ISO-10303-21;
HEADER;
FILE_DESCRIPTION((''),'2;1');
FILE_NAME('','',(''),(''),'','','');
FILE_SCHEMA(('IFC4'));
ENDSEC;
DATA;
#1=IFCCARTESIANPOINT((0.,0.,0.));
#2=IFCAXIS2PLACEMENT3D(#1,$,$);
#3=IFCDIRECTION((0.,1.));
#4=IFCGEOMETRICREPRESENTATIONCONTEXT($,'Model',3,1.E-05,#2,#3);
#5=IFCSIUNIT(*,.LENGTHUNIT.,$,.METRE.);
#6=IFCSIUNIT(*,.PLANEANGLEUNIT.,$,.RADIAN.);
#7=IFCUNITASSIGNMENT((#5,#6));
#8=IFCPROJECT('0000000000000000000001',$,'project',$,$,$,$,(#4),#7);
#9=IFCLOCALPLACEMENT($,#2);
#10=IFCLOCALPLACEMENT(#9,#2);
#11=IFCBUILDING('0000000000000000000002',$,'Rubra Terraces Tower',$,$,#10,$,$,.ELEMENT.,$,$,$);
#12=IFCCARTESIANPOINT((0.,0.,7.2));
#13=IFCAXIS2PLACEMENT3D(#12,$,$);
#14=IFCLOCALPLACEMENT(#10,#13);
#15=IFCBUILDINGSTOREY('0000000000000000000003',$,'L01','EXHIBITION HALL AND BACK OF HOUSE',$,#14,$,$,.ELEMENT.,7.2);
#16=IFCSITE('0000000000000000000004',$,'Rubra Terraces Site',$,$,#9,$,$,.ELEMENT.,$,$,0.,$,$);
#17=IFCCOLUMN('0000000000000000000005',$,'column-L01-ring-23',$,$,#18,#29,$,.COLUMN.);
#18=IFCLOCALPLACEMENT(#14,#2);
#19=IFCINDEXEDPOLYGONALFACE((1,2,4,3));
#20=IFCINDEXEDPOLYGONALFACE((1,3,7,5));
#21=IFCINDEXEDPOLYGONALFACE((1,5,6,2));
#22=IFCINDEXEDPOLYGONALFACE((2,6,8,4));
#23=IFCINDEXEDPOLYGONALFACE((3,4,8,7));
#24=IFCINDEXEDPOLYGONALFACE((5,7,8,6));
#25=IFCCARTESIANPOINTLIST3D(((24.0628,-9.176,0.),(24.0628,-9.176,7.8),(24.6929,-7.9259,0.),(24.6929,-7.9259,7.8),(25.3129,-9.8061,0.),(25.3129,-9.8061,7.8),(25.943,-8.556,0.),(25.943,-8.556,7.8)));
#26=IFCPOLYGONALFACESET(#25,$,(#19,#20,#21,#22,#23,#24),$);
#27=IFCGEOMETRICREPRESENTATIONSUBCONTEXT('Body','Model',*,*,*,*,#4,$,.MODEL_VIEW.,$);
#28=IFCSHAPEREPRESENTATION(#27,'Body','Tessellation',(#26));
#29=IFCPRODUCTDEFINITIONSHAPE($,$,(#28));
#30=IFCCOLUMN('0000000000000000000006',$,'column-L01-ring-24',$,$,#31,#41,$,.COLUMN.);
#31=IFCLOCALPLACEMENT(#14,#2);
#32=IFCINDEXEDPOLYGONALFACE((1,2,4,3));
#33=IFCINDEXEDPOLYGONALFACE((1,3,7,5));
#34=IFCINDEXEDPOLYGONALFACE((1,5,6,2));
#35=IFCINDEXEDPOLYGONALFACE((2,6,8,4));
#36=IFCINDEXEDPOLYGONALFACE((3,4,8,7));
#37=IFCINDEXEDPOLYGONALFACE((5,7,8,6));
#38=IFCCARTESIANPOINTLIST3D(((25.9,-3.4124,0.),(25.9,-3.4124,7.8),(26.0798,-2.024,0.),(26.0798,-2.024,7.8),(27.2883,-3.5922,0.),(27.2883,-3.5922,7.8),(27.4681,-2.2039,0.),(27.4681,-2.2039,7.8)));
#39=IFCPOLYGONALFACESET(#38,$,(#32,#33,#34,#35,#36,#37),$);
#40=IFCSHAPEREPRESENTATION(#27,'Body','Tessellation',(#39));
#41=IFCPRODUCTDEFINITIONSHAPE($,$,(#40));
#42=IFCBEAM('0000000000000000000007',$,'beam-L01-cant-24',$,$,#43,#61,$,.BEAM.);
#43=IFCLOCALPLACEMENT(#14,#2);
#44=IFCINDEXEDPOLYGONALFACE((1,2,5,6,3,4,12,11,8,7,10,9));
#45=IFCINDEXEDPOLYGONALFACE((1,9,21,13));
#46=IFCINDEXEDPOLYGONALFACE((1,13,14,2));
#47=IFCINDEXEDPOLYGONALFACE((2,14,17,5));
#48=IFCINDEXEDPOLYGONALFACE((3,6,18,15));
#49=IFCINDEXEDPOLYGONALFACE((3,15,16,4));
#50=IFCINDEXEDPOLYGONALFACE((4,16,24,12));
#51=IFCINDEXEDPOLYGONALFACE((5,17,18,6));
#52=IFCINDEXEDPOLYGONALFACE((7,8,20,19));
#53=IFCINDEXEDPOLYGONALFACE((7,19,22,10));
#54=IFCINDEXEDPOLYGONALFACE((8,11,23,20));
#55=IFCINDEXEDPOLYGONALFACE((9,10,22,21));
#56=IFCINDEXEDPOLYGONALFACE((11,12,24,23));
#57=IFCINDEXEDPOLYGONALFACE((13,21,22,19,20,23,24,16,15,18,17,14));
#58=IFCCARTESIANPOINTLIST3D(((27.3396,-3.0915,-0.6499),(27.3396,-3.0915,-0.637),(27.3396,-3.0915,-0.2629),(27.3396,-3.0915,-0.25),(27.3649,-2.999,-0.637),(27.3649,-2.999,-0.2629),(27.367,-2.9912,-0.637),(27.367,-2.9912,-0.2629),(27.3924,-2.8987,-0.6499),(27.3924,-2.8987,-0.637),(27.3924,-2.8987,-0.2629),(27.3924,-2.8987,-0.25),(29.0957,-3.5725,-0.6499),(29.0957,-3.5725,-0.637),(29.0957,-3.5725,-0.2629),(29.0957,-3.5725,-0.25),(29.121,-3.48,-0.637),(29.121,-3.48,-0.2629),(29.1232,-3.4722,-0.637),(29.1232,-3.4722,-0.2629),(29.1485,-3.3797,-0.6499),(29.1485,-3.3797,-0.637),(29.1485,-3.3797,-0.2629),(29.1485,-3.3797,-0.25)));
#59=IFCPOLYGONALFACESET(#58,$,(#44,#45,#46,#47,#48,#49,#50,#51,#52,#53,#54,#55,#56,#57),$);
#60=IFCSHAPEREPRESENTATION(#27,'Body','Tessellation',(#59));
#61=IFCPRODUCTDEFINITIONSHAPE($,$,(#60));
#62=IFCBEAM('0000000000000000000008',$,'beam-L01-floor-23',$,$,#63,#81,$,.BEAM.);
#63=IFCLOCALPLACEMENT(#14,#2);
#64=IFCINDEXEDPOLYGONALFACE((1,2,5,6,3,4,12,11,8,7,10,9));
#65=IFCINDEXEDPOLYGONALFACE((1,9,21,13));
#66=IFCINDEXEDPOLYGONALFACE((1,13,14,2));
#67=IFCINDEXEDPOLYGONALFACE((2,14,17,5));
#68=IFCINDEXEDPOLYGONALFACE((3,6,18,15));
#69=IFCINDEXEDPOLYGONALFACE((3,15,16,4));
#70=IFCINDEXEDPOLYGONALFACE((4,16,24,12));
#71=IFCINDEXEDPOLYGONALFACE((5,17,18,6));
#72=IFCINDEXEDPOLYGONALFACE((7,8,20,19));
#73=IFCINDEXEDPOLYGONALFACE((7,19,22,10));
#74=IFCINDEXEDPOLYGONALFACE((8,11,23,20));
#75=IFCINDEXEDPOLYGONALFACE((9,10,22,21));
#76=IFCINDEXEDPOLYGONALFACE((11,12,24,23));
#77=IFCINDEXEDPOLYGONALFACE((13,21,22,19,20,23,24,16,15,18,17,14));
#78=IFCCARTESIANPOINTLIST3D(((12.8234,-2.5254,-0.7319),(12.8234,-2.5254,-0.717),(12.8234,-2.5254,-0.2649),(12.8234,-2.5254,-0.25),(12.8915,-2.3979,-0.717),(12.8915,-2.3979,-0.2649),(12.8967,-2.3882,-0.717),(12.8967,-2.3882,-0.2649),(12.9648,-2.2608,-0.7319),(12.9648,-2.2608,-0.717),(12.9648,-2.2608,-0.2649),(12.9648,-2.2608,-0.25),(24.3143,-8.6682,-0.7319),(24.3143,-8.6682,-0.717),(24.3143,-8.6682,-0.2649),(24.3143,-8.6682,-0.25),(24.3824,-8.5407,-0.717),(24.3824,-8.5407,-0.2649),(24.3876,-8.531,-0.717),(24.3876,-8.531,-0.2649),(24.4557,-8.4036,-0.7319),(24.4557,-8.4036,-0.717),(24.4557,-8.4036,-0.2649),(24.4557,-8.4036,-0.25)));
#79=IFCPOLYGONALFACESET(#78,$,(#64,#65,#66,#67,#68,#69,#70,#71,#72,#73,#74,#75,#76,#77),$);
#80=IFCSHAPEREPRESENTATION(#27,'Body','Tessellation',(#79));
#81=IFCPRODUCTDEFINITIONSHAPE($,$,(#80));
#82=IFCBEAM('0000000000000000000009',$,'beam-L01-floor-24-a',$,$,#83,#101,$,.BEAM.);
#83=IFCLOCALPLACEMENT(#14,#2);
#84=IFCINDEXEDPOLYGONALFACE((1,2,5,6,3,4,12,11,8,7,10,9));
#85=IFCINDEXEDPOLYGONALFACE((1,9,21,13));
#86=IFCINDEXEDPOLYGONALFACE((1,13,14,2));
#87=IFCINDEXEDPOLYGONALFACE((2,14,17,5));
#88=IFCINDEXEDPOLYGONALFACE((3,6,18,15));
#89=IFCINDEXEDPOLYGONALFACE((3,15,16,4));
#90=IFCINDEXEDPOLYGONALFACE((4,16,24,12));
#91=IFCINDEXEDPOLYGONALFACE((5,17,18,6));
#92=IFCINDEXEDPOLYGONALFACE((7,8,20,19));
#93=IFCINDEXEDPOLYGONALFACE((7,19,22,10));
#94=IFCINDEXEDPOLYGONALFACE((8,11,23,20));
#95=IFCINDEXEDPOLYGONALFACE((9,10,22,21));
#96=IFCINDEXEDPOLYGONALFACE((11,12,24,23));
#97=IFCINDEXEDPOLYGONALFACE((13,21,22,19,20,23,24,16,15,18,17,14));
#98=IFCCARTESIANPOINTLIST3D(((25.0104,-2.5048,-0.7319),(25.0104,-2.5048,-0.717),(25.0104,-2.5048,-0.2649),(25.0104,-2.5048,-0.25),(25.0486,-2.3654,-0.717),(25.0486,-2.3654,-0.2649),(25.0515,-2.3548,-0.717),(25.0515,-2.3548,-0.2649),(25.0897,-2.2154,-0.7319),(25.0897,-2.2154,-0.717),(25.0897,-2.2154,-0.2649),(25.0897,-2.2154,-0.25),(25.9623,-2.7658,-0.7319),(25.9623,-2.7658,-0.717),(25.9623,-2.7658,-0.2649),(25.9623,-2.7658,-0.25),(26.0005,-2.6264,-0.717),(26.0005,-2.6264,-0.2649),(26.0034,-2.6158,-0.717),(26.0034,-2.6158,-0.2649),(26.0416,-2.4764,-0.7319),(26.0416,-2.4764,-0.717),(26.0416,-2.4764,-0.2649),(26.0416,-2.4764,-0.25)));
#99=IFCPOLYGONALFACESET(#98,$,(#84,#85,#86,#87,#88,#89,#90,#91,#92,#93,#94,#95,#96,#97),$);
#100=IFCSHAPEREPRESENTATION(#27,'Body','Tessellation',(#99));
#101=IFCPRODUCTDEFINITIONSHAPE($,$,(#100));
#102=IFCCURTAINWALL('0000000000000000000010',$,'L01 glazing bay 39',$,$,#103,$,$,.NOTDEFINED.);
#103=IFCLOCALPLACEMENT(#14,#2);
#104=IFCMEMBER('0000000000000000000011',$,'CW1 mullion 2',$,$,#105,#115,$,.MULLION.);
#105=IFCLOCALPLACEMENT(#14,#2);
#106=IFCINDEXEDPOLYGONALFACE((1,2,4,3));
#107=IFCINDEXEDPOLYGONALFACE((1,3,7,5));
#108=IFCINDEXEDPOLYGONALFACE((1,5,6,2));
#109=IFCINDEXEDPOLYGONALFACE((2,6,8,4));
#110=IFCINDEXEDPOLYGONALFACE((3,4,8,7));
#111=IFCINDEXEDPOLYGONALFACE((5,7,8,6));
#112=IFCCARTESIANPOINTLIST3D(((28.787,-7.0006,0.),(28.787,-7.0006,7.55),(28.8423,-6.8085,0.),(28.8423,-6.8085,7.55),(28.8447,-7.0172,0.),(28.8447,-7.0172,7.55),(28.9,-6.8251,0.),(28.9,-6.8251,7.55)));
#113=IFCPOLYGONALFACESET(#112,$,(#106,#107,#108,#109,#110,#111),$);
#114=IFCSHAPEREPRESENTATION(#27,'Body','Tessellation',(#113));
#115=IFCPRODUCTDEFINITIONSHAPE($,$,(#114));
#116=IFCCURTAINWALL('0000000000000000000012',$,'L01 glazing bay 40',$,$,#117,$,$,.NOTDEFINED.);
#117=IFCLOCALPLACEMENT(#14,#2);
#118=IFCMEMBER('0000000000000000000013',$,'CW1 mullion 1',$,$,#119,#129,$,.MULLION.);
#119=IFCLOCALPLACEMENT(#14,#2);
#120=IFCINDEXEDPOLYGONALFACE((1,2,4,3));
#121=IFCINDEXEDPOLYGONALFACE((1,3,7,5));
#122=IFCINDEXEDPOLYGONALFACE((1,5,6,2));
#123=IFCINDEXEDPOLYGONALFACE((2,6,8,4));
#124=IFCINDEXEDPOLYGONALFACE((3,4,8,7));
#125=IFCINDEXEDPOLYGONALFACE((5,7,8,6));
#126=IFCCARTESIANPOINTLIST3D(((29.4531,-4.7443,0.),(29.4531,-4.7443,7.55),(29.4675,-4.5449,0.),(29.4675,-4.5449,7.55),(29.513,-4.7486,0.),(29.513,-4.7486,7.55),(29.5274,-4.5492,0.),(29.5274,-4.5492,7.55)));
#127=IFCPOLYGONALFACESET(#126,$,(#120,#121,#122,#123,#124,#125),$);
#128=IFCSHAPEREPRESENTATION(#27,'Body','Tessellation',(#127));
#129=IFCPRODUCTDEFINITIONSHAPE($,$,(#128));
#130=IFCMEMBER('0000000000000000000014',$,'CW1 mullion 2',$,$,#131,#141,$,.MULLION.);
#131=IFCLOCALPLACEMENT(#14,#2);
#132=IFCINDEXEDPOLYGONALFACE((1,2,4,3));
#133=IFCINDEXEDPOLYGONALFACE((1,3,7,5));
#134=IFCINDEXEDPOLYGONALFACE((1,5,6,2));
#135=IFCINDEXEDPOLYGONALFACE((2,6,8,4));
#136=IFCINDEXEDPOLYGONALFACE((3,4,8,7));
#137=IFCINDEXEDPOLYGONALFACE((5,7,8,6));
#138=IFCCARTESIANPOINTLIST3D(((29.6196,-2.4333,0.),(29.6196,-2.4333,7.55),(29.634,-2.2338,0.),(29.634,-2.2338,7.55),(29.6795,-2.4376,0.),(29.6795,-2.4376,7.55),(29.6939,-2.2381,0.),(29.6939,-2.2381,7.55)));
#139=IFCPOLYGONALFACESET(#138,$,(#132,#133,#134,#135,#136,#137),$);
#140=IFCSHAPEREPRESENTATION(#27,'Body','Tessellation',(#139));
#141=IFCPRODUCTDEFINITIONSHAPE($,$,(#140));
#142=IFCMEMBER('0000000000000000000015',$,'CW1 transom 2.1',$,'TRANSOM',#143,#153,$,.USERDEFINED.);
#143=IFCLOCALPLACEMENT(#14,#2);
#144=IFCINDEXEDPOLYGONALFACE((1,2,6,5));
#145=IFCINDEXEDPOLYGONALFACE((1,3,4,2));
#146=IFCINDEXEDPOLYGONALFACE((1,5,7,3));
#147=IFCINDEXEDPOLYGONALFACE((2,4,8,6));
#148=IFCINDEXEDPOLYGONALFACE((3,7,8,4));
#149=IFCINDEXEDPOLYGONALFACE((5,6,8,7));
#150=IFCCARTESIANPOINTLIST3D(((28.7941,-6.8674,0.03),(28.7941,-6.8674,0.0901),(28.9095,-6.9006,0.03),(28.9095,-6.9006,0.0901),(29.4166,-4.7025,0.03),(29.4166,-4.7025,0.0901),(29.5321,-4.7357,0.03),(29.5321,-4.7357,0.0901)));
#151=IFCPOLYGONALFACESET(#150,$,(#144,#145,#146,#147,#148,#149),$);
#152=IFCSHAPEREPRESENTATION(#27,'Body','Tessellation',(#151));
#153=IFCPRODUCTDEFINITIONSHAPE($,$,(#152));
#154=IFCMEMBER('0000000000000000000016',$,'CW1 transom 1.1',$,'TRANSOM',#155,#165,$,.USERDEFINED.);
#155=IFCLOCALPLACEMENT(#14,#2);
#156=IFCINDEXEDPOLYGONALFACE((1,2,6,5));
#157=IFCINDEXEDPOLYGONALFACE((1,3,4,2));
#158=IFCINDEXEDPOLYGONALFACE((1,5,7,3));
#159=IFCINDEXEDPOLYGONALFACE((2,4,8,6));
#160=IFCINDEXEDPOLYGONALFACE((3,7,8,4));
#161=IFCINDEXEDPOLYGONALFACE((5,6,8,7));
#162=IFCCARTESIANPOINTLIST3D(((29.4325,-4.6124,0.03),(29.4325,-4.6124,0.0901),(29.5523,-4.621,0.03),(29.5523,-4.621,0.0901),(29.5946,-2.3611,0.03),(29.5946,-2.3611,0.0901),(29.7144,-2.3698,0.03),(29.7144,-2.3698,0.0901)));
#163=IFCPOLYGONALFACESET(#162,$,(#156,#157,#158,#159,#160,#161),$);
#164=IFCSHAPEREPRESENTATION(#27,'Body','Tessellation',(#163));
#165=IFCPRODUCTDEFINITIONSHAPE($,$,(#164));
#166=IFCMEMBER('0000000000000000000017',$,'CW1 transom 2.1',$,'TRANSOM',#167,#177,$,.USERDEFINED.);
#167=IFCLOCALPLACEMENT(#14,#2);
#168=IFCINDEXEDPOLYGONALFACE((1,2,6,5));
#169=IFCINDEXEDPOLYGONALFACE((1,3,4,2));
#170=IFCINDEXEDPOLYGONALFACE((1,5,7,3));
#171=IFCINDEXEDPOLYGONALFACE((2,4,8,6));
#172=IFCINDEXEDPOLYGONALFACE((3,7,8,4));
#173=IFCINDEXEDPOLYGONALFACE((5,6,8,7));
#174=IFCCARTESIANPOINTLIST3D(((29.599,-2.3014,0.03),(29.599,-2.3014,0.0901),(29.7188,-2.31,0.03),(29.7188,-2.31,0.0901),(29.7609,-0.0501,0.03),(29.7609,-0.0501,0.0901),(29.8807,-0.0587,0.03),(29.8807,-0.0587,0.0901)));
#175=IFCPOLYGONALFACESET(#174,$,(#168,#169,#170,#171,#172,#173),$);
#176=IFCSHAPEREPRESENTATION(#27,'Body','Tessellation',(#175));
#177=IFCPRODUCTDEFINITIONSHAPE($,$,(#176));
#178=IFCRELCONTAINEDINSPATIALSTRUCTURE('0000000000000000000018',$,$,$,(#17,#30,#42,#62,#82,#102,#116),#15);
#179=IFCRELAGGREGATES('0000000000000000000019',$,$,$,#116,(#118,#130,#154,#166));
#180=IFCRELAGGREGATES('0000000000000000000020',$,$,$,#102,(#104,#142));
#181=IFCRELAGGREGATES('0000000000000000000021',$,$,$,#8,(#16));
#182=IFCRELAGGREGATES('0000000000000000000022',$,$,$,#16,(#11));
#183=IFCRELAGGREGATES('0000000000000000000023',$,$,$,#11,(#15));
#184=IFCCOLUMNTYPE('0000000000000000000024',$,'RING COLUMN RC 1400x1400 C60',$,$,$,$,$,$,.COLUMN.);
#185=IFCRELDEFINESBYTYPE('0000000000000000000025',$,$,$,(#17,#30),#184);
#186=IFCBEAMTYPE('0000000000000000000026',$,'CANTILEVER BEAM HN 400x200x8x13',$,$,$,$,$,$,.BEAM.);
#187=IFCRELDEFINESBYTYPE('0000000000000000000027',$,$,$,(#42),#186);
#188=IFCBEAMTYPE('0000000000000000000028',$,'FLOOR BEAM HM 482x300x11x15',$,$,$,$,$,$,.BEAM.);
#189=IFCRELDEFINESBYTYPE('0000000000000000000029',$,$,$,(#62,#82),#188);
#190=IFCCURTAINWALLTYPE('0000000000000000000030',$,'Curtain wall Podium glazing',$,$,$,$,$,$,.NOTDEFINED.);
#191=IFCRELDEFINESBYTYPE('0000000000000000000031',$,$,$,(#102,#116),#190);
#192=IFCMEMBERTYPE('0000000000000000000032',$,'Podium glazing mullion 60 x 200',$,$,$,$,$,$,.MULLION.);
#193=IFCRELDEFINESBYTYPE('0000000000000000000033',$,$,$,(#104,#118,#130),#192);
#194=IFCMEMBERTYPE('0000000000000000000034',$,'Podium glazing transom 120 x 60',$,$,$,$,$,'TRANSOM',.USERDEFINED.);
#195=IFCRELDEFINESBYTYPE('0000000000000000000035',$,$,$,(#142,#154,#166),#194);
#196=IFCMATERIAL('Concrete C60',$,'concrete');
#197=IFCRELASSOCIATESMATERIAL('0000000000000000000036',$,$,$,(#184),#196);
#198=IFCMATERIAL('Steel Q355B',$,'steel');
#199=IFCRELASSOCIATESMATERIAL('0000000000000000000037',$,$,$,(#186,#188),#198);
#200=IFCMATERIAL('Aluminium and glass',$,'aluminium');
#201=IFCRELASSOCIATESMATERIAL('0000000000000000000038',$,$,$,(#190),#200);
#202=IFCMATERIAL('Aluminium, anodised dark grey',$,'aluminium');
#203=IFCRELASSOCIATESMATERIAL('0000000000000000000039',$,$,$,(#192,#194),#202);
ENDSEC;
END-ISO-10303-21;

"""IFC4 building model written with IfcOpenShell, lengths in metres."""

from ifc_helpers import new_model, si_unit, direction, frame, origin, origin_2d, place, context, subcontext, project, spatial, rectangle, i_section, extrude, material, material_profile, profile_set, type_object, element, aggregate, save


model = new_model("IFC4")

# Units and contexts
model_context = context("Model", 3, precision=1e-05, world=origin(), true_north=direction((0.0, 1.0)))
body_context = subcontext(model_context, "Body", "Model", "MODEL_VIEW")
ifc_project = project(units=[si_unit("LENGTHUNIT", "METRE"), si_unit("PLANEANGLEUNIT", "RADIAN")], contexts=[model_context])

# Site, building, storey
site_placement = place(None, origin())
site = spatial("IfcSite", under=ifc_project, at=site_placement, Name="Rubra Terraces Site", CompositionType="ELEMENT", RefElevation=0.0)
building_placement = place(site_placement, origin())
building = spatial("IfcBuilding", under=site, at=building_placement, Name="Rubra Terraces Tower", CompositionType="ELEMENT")
storey_placement = place(building_placement, frame((0.0, 0.0, 7.2)))
storey = spatial("IfcBuildingStorey", under=building, at=storey_placement, Name="L01", Description="EXHIBITION HALL AND BACK OF HOUSE", CompositionType="ELEMENT", Elevation=7.2)

# Columns
ifc_material_1 = material(Name="Concrete C60", Category="concrete")
ifc_material_profile_1 = material_profile(ifc_material_1, rectangle(XDim=1.3999, YDim=1.3999, at=origin_2d()), Name="RC 1400x1400")
ifc_profile_set_1 = profile_set([ifc_material_profile_1], Name="Concrete C60")
column_type = type_object("IfcColumnType", Name="RING COLUMN RC 1400x1400 C60", PredefinedType="COLUMN", material=ifc_profile_set_1)
for number, where, z_axis, x_axis, name in (
    (1, (25.0029, -8.866, 0.0), (0.0, 0.0, 1.0), (0.450099, 0.892979, 0.0), "column-L01-ring-23"),
    (2, (26.6841, -2.8081, 0.0), (0.0, 0.0, 1.0), (0.128445, 0.991717, 0.0), "column-L01-ring-24"),
):
    element("IfcColumn", number, at=place(storey_placement, frame(where, z_axis=z_axis, x_axis=x_axis)), inside=storey, type_object=column_type, Name=name, PredefinedType="COLUMN", context=body_context, shape_type="SweptSolid", body=[
        extrude(rectangle(XDim=1.3999, YDim=1.3999, at=origin_2d()), origin(), (0.0, 0.0, 1.0), 7.8),
    ])

# Beams
ifc_material_2 = material(Name="Steel Q355B", Category="steel")
ifc_material_profile_2 = material_profile(ifc_material_2, i_section(OverallWidth=0.2, OverallDepth=0.3999, WebThickness=0.0081, FlangeThickness=0.0129, at=origin_2d()), Name="HN 400x200x8x13")
ifc_profile_set_2 = profile_set([ifc_material_profile_2], Name="Steel Q355B")
beam_type_1 = type_object("IfcBeamType", Name="CANTILEVER BEAM HN 400x200x8x13", PredefinedType="BEAM", material=ifc_profile_set_2)
beam_1_placement = place(storey_placement, frame((27.366, -2.9951, -0.45), z_axis=(0.964482, -0.26415, 0.0), x_axis=(0.26415, 0.964482, 0.0)))
element("IfcBeam", 3, at=beam_1_placement, inside=storey, type_object=beam_type_1, Name="beam-L01-cant-24", PredefinedType="BEAM", context=body_context, shape_type="SweptSolid", body=[
    extrude(i_section(OverallWidth=0.2, OverallDepth=0.3999, WebThickness=0.0081, FlangeThickness=0.0129, at=origin_2d()), origin(), (0.0, 0.0, 1.0), 1.8208),
])
ifc_material_profile_3 = material_profile(ifc_material_2, i_section(OverallWidth=0.3, OverallDepth=0.4819, WebThickness=0.011, FlangeThickness=0.0149, at=origin_2d()), Name="HM 482x300x11x15")
ifc_profile_set_3 = profile_set([ifc_material_profile_3], Name="Steel Q355B")
beam_type_2 = type_object("IfcBeamType", Name="FLOOR BEAM HM 482x300x11x15", PredefinedType="BEAM", material=ifc_profile_set_3)
beam_2_placement = place(storey_placement, frame((24.385, -8.5359, -0.491), z_axis=(-0.881897, 0.471443, 0.0), x_axis=(-0.471443, -0.881897, 0.0)))
element("IfcBeam", 4, at=beam_2_placement, inside=storey, type_object=beam_type_2, Name="beam-L01-floor-23", PredefinedType="BEAM", context=body_context, shape_type="SweptSolid", body=[
    extrude(i_section(OverallWidth=0.3, OverallDepth=0.4819, WebThickness=0.011, FlangeThickness=0.0149, at=origin_2d()), origin(), (0.0, 0.0, 1.0), 13.0298),
])
beam_3_placement = place(storey_placement, frame((26.002, -2.6211, -0.491), z_axis=(-0.964409, 0.264415, 0.0), x_axis=(-0.264415, -0.964409, 0.0)))
element("IfcBeam", 5, at=beam_3_placement, inside=storey, type_object=beam_type_2, Name="beam-L01-floor-24-a", PredefinedType="BEAM", context=body_context, shape_type="SweptSolid", body=[
    extrude(i_section(OverallWidth=0.3, OverallDepth=0.4819, WebThickness=0.011, FlangeThickness=0.0149, at=origin_2d()), origin(), (0.0, 0.0, 1.0), 0.9871),
])

# Curtain wall, member
ifc_material_3 = material(Name="Aluminium and glass", Category="aluminium")
curtain_wall_type = type_object("IfcCurtainWallType", Name="Curtain wall Podium glazing", PredefinedType="NOTDEFINED", material=ifc_material_3)
curtain_wall_1_placement = place(storey_placement, origin())
curtain_wall_1 = element("IfcCurtainWall", 6, at=curtain_wall_1_placement, inside=storey, type_object=curtain_wall_type, Name="L01 glazing bay 39", PredefinedType="NOTDEFINED")
ifc_material_4 = material(Name="Aluminium, anodised dark grey", Category="aluminium")
ifc_material_profile_4 = material_profile(ifc_material_4, rectangle(XDim=0.0601, YDim=0.2, at=origin_2d()), Name="AL 60x200")
ifc_profile_set_4 = profile_set([ifc_material_profile_4], Name="Aluminium, anodised dark grey")
member_type_1 = type_object("IfcMemberType", Name="Podium glazing mullion 60 x 200", PredefinedType="MULLION", material=ifc_profile_set_4)
member_1_placement = place(storey_placement, frame((28.8435, -6.9128, 0.0), z_axis=(0.0, 0.0, 1.0), x_axis=(-0.961047, 0.276384, 0.0)))
member_1 = element("IfcMember", 7, at=member_1_placement, type_object=member_type_1, Name="CW1 mullion 2", PredefinedType="MULLION", context=body_context, shape_type="SweptSolid", body=[
    extrude(rectangle(XDim=0.0601, YDim=0.2, at=origin_2d()), origin(), (0.0, 0.0, 1.0), 7.55),
])

# Curtain wall, members
curtain_wall_2_placement = place(storey_placement, origin())
curtain_wall_2 = element("IfcCurtainWall", 8, at=curtain_wall_2_placement, inside=storey, type_object=curtain_wall_type, Name="L01 glazing bay 40", PredefinedType="NOTDEFINED")
member_2_placement = place(storey_placement, frame((29.4902, -4.6467, 0.0), z_axis=(0.0, 0.0, 1.0), x_axis=(-0.99742, 0.071792, 0.0)))
member_2 = element("IfcMember", 9, at=member_2_placement, type_object=member_type_1, Name="CW1 mullion 1", PredefinedType="MULLION", context=body_context, shape_type="SweptSolid", body=[
    extrude(rectangle(XDim=0.0601, YDim=0.2, at=origin_2d()), origin(), (0.0, 0.0, 1.0), 7.55),
])
member_3_placement = place(storey_placement, frame((29.6567, -2.3357, 0.0), z_axis=(0.0, 0.0, 1.0), x_axis=(-0.99742, 0.071792, 0.0)))
member_3 = element("IfcMember", 10, at=member_3_placement, type_object=member_type_1, Name="CW1 mullion 2", PredefinedType="MULLION", context=body_context, shape_type="SweptSolid", body=[
    extrude(rectangle(XDim=0.0601, YDim=0.2, at=origin_2d()), origin(), (0.0, 0.0, 1.0), 7.55),
])

# Members
ifc_material_profile_5 = material_profile(ifc_material_4, rectangle(XDim=0.1201, YDim=0.0601, at=origin_2d()), Name="AL 120x60")
ifc_profile_set_5 = profile_set([ifc_material_profile_5], Name="Aluminium, anodised dark grey")
member_type_2 = type_object("IfcMemberType", Name="Podium glazing transom 120 x 60", ElementType="TRANSOM", PredefinedType="USERDEFINED", material=ifc_profile_set_5)
member_4_placement = place(storey_placement, frame((28.8518, -6.884, 0.0601), z_axis=(0.276352, 0.961056, 0.0), x_axis=(-0.961056, 0.276352, 0.0)))
member_4 = element("IfcMember", 11, at=member_4_placement, type_object=member_type_2, Name="CW1 transom 2.1", ObjectType="TRANSOM", PredefinedType="USERDEFINED", context=body_context, shape_type="SweptSolid", body=[
    extrude(rectangle(XDim=0.1201, YDim=0.0601, at=origin_2d()), origin(), (0.0, 0.0, 1.0), 2.2527),
])
member_5_placement = place(storey_placement, frame((29.4924, -4.6167, 0.0601), z_axis=(0.071824, 0.997417, 0.0), x_axis=(-0.997417, 0.071824, 0.0)))
member_5 = element("IfcMember", 12, at=member_5_placement, type_object=member_type_2, Name="CW1 transom 1.1", ObjectType="TRANSOM", PredefinedType="USERDEFINED", context=body_context, shape_type="SweptSolid", body=[
    extrude(rectangle(XDim=0.1201, YDim=0.0601, at=origin_2d()), origin(), (0.0, 0.0, 1.0), 2.2571),
])
member_6_placement = place(storey_placement, frame((29.6589, -2.3057, 0.0601), z_axis=(0.071716, 0.997425, 0.0), x_axis=(-0.997425, 0.071716, 0.0)))
member_6 = element("IfcMember", 13, at=member_6_placement, type_object=member_type_2, Name="CW1 transom 2.1", ObjectType="TRANSOM", PredefinedType="USERDEFINED", context=body_context, shape_type="SweptSolid", body=[
    extrude(rectangle(XDim=0.1201, YDim=0.0601, at=origin_2d()), origin(), (0.0, 0.0, 1.0), 2.2571),
])
aggregate(curtain_wall_2, [member_2, member_3, member_5, member_6])

aggregate(curtain_wall_1, [member_1, member_4])

save(model, "model.ifc")
